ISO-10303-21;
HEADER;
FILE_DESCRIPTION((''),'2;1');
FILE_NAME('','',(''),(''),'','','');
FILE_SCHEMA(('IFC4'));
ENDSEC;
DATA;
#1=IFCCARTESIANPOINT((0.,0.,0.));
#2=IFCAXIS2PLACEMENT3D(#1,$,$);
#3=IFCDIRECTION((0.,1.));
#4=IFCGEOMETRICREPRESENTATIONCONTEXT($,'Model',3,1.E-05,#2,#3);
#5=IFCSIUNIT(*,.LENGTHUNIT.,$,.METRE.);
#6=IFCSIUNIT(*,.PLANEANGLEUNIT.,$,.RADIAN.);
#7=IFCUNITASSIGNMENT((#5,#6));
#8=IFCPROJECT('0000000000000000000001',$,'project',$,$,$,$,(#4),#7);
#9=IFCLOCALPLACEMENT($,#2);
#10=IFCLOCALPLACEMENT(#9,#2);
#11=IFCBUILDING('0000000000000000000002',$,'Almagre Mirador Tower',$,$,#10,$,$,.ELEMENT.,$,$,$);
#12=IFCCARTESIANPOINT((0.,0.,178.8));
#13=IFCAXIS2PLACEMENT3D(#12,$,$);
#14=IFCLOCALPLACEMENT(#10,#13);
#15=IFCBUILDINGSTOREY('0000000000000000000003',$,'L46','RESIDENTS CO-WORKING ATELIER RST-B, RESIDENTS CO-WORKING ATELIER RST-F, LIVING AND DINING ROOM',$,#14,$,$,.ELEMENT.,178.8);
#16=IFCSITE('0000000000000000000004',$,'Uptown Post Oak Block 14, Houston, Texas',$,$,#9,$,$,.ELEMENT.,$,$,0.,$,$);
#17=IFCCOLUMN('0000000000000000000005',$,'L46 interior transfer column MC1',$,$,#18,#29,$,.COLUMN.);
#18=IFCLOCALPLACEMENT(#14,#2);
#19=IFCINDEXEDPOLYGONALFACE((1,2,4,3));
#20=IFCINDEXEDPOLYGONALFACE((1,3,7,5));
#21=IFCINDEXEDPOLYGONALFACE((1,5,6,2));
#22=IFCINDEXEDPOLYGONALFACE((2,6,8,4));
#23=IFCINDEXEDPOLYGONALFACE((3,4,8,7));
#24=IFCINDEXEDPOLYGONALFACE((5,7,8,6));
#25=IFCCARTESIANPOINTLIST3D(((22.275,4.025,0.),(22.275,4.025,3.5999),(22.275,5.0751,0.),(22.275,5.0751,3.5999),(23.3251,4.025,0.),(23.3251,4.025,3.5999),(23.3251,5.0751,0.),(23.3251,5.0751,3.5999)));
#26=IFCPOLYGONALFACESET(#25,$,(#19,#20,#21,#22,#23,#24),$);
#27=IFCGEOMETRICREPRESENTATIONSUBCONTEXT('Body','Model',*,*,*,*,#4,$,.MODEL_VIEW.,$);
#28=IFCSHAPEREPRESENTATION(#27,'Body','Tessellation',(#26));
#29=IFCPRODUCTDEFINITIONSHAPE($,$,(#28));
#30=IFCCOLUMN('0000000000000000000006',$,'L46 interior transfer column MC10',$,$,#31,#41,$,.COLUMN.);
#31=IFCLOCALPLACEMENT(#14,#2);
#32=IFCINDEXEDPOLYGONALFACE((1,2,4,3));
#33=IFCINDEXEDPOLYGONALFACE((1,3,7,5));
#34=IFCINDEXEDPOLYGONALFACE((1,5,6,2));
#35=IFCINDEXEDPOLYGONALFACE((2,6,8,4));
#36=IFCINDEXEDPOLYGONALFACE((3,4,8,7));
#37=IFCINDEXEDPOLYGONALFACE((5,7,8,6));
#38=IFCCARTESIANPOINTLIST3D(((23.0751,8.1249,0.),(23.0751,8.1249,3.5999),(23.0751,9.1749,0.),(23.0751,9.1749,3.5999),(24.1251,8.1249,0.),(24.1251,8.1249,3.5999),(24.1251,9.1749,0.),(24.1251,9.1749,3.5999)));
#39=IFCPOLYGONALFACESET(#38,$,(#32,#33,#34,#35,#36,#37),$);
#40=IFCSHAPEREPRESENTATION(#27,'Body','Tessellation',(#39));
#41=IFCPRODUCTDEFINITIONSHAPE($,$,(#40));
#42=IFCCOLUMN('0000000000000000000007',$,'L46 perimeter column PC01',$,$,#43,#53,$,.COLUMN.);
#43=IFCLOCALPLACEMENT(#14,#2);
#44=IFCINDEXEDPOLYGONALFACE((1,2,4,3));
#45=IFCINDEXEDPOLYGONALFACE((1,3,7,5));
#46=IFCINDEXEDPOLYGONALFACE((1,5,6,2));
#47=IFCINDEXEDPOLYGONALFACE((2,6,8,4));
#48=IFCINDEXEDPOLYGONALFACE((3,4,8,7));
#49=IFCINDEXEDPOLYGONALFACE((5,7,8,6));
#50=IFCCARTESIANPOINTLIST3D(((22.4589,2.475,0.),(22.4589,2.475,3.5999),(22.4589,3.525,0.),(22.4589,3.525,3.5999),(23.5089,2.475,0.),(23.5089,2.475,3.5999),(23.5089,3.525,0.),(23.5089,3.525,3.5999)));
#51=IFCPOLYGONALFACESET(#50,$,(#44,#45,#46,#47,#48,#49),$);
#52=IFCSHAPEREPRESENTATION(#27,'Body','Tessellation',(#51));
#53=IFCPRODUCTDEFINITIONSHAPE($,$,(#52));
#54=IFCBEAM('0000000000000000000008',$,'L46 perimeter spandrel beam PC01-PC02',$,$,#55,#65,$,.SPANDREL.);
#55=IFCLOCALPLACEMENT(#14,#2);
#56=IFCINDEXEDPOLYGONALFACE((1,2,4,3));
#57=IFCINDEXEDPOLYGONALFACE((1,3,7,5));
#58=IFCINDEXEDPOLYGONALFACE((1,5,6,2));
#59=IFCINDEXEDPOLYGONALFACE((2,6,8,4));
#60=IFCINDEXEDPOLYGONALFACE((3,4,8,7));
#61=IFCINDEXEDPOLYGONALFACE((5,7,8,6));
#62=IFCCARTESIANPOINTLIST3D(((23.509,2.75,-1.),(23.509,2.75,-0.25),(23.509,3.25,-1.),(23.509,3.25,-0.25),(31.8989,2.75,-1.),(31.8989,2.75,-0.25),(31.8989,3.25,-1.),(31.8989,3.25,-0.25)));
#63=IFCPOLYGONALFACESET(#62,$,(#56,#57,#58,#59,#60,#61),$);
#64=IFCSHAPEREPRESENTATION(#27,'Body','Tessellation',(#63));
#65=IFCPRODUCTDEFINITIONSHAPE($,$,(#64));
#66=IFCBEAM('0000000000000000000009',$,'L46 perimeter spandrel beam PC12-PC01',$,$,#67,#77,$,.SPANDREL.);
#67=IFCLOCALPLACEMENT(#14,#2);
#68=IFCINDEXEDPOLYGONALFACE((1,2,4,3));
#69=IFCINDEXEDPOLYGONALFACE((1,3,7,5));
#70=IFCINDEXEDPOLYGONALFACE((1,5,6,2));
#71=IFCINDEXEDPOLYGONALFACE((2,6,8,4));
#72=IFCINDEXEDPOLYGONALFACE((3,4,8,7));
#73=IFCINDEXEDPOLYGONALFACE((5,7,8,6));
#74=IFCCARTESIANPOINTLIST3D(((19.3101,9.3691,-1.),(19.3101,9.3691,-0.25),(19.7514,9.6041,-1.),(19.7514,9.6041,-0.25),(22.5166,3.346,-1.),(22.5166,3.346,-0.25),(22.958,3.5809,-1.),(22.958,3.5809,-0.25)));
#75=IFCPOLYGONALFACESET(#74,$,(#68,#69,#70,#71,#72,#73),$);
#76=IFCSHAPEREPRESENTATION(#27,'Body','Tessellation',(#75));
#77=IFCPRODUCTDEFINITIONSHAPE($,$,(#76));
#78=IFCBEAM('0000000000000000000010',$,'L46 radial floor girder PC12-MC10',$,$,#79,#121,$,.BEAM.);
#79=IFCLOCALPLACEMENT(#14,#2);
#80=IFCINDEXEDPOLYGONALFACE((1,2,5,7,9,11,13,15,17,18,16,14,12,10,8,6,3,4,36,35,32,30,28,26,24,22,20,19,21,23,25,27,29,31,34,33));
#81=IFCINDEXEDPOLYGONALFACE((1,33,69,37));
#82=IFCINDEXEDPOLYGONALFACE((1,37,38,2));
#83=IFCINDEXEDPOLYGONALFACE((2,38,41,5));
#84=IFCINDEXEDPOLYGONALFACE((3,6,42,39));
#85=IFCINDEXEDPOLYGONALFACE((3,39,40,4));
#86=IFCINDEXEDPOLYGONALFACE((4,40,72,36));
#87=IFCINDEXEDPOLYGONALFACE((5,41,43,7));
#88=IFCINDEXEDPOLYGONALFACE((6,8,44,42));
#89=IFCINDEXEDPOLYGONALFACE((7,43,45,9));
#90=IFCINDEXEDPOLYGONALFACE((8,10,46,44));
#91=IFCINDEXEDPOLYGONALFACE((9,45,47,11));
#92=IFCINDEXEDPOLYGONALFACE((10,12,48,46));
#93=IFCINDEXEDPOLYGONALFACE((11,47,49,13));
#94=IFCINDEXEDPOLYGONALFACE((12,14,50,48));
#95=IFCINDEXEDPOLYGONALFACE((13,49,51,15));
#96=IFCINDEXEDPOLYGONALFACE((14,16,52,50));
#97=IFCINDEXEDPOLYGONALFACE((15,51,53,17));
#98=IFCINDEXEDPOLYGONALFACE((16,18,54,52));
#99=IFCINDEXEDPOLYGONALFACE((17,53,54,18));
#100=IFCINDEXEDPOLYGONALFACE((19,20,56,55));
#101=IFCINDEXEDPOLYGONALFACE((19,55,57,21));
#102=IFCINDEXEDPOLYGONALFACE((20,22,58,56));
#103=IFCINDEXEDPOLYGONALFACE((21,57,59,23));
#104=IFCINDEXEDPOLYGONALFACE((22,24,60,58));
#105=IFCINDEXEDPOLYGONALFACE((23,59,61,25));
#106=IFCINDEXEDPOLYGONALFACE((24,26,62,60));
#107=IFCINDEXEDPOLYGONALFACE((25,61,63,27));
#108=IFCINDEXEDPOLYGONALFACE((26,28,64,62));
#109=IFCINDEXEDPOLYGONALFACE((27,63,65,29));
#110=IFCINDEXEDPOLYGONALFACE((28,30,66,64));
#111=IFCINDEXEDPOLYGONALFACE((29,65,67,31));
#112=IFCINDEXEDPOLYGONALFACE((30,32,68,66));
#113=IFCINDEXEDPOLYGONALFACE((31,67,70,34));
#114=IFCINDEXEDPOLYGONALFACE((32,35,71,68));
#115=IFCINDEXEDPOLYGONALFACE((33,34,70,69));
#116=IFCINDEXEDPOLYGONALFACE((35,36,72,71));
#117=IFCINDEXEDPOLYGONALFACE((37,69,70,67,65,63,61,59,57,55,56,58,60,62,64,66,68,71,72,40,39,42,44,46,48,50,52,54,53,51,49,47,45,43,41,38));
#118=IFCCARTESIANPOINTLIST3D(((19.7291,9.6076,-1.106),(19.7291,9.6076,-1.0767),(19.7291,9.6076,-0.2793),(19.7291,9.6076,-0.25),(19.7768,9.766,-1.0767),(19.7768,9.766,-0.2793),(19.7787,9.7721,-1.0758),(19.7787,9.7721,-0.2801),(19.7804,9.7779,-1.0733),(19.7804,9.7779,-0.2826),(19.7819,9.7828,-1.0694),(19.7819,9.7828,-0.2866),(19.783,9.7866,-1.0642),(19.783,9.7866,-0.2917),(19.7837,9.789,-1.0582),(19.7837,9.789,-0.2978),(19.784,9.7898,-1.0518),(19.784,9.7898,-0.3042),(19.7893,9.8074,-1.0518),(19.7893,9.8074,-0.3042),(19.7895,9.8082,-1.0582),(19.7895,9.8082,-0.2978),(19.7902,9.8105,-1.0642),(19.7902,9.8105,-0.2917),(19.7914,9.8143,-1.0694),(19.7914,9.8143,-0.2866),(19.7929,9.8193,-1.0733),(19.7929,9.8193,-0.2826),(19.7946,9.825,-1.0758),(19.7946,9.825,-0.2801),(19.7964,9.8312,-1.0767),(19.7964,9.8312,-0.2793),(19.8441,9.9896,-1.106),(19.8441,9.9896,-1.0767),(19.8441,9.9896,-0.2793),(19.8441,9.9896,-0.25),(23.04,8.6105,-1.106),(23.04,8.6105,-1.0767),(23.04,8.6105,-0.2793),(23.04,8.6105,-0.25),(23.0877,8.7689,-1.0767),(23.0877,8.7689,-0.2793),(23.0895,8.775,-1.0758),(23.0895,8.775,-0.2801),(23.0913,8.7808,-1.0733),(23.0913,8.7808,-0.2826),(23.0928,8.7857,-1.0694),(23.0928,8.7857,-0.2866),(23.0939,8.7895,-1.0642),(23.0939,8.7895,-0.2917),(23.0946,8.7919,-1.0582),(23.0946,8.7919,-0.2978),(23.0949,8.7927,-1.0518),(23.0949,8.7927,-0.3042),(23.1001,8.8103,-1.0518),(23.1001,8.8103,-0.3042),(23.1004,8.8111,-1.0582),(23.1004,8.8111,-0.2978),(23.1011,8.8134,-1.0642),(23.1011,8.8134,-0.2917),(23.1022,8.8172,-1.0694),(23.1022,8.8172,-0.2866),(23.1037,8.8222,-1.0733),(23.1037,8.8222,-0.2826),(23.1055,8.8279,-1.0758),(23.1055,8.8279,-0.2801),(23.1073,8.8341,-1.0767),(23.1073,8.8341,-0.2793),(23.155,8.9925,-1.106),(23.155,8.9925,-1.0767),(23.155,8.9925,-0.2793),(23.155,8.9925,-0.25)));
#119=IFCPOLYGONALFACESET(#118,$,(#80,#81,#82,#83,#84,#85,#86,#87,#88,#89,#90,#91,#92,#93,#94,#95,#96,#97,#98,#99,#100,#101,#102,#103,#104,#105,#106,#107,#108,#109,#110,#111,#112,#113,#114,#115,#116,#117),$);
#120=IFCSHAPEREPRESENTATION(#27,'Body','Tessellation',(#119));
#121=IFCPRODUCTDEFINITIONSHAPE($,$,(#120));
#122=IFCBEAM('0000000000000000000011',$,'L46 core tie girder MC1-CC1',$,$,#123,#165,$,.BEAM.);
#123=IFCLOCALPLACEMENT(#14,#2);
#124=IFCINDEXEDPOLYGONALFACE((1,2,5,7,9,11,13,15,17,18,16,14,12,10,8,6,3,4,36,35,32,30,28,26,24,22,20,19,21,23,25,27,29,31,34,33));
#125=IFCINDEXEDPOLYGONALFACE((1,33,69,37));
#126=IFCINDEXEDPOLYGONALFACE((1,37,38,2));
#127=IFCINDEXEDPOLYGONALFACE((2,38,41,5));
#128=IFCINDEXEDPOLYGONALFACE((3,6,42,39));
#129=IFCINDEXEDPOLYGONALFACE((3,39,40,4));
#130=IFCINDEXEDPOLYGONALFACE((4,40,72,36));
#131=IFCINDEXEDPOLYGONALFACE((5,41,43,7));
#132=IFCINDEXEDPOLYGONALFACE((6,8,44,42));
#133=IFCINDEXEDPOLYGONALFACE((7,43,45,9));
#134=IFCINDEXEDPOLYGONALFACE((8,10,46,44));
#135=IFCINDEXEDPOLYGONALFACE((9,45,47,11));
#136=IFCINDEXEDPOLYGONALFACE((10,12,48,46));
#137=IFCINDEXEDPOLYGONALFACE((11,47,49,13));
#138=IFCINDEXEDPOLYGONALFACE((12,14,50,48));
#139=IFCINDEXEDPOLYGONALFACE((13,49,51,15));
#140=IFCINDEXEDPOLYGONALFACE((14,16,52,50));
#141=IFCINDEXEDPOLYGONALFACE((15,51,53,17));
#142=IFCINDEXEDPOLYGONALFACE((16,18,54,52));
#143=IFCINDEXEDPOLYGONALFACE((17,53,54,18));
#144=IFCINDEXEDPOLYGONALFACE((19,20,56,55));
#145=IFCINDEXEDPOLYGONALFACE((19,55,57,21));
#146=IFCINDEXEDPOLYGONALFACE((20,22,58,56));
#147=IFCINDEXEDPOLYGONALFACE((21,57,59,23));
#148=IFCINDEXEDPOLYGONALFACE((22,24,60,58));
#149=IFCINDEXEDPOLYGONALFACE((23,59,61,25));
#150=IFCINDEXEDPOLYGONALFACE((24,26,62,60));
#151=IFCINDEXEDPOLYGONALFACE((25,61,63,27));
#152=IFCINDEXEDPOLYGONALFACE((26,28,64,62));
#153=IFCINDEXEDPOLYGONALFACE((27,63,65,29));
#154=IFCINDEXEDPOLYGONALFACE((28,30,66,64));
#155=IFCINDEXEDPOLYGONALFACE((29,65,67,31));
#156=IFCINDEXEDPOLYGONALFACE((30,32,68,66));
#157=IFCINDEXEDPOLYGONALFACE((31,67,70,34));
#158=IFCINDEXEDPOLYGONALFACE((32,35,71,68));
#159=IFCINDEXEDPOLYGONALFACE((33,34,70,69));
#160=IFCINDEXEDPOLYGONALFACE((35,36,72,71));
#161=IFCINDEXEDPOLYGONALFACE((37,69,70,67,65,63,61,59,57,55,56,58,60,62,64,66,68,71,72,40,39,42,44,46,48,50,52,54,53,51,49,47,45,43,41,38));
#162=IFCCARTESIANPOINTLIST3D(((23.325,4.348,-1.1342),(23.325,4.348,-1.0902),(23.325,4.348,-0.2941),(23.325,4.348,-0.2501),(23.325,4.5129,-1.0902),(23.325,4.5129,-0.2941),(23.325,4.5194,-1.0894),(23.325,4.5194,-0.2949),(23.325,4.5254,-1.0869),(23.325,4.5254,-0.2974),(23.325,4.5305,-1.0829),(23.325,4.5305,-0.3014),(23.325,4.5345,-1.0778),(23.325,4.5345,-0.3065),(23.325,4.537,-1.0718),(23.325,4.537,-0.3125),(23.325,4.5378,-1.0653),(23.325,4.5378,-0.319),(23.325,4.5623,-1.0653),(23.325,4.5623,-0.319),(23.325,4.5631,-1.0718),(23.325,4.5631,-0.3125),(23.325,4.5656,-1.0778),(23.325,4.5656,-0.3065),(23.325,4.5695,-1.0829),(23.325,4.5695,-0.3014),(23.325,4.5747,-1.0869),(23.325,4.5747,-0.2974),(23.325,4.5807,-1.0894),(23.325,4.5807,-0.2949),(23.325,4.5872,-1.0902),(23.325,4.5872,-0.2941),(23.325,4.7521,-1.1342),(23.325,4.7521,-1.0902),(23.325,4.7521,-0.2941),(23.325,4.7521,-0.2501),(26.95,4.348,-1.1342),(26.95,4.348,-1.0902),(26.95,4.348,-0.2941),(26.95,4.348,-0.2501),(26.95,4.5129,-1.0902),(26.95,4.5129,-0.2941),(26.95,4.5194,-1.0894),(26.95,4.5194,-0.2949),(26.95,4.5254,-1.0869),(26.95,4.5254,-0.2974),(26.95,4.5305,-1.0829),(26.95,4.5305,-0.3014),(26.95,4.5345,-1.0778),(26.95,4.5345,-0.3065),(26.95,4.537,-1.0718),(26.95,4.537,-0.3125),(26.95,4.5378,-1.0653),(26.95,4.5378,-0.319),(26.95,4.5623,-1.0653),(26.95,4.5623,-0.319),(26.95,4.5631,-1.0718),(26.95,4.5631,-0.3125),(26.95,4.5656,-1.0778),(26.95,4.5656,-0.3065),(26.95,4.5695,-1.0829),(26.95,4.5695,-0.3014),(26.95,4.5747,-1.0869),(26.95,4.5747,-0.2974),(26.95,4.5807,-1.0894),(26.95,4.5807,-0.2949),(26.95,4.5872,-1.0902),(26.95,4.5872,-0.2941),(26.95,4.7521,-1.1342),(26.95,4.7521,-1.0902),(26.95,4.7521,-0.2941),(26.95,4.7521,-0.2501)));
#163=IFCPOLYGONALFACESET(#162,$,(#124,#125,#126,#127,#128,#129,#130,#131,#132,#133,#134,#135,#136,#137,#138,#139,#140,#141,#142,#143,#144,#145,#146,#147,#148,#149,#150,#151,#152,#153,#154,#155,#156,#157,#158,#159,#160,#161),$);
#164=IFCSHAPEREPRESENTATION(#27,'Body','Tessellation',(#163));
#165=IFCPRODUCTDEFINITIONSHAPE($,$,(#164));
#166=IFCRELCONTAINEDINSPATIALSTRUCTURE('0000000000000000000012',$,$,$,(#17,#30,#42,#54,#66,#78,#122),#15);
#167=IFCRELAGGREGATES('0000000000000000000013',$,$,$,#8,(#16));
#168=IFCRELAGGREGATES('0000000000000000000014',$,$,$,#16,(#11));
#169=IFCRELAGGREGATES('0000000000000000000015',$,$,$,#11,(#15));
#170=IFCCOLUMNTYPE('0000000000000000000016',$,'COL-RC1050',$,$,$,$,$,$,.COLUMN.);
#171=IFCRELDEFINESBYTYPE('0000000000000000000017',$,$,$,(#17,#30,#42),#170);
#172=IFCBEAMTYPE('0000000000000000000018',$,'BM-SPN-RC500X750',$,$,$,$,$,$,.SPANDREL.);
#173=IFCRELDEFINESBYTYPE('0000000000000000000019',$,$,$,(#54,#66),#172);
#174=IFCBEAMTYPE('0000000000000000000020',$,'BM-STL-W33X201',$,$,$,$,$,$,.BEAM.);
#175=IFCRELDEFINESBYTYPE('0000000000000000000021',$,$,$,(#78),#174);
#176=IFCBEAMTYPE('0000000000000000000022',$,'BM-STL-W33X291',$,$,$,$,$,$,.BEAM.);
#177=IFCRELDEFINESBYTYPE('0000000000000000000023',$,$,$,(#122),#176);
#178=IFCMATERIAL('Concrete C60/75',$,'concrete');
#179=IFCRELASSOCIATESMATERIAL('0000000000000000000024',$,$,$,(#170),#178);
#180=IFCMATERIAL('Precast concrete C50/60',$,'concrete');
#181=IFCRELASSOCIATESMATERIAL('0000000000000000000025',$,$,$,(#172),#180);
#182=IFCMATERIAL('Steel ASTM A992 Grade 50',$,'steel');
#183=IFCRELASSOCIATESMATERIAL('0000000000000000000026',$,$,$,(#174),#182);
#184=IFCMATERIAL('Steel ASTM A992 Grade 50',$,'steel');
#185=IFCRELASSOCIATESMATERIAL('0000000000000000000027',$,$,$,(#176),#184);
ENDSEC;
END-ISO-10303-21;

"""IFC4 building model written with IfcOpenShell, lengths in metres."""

from ifc_helpers import new_model, si_unit, direction, frame, origin, origin_2d, place, context, subcontext, project, spatial, rectangle, i_section, extrude, material, material_profile, profile_set, type_object, element, save


model = new_model("IFC4")

# Units and contexts
model_context = context("Model", 3, precision=1e-05, world=origin(), true_north=direction((0.0, 1.0)))
body_context = subcontext(model_context, "Body", "Model", "MODEL_VIEW")
ifc_project = project(units=[si_unit("LENGTHUNIT", "METRE"), si_unit("PLANEANGLEUNIT", "RADIAN")], contexts=[model_context])

# Site, building, storey
site_placement = place(None, origin())
site = spatial("IfcSite", under=ifc_project, at=site_placement, Name="Uptown Post Oak Block 14, Houston, Texas", CompositionType="ELEMENT", RefElevation=0.0)
building_placement = place(site_placement, origin())
building = spatial("IfcBuilding", under=site, at=building_placement, Name="Almagre Mirador Tower", CompositionType="ELEMENT")
storey_placement = place(building_placement, frame((0.0, 0.0, 178.8)))
storey = spatial("IfcBuildingStorey", under=building, at=storey_placement, Name="L46", Description="RESIDENTS CO-WORKING ATELIER RST-B, RESIDENTS CO-WORKING ATELIER RST-F, LIVING AND DINING ROOM", CompositionType="ELEMENT", Elevation=178.8)

# Columns
ifc_material_1 = material(Name="Concrete C60/75", Category="concrete")
ifc_material_profile_1 = material_profile(ifc_material_1, rectangle(XDim=1.05, YDim=1.05, at=origin_2d()), Name="RC1050X1050")
ifc_profile_set_1 = profile_set([ifc_material_profile_1], Name="Concrete C60/75")
column_type = type_object("IfcColumnType", Name="COL-RC1050", PredefinedType="COLUMN", material=ifc_profile_set_1)
for number, where, z_axis, x_axis, name in (
    (1, (22.8, 4.55, 0.0), (0.0, 0.0, 1.0), (1.0, 0.0, 0.0), "L46 interior transfer column MC1"),
    (2, (23.6001, 8.6499, 0.0), (0.0, 0.0, 1.0), (1.0, 0.0, 0.0), "L46 interior transfer column MC10"),
    (3, (22.9839, 3.0, 0.0), (0.0, 0.0, 1.0), (1.0, 0.0, 0.0), "L46 perimeter column PC01"),
):
    element("IfcColumn", number, at=place(storey_placement, frame(where, z_axis=z_axis, x_axis=x_axis)), inside=storey, type_object=column_type, Name=name, PredefinedType="COLUMN", context=body_context, shape_type="SweptSolid", body=[
        extrude(rectangle(XDim=1.05, YDim=1.05, at=origin_2d()), origin(), (0.0, 0.0, 1.0), 3.5999),
    ])

# Beams
ifc_material_2 = material(Name="Precast concrete C50/60", Category="concrete")
ifc_material_profile_2 = material_profile(ifc_material_2, rectangle(XDim=0.5, YDim=0.75, at=origin_2d()), Name="RC500X750")
ifc_profile_set_2 = profile_set([ifc_material_profile_2], Name="Precast concrete C50/60")
beam_type_1 = type_object("IfcBeamType", Name="BM-SPN-RC500X750", PredefinedType="SPANDREL", material=ifc_profile_set_2)
beam_1_placement = place(storey_placement, frame((23.509, 3.0, -0.625), z_axis=(1.0, 0.0, 0.0), x_axis=(0.0, 1.0, 0.0)))
element("IfcBeam", 4, at=beam_1_placement, inside=storey, type_object=beam_type_1, Name="L46 perimeter spandrel beam PC01-PC02", PredefinedType="SPANDREL", context=body_context, shape_type="SweptSolid", body=[
    extrude(rectangle(XDim=0.5, YDim=0.75, at=origin_2d()), origin(), (0.0, 0.0, 1.0), 8.3899),
])
beam_2_placement = place(storey_placement, frame((19.5308, 9.4866, -0.625), z_axis=(0.469923, -0.882707, 0.0), x_axis=(0.882707, 0.469923, 0.0)))
element("IfcBeam", 5, at=beam_2_placement, inside=storey, type_object=beam_type_1, Name="L46 perimeter spandrel beam PC12-PC01", PredefinedType="SPANDREL", context=body_context, shape_type="SweptSolid", body=[
    extrude(rectangle(XDim=0.5, YDim=0.75, at=origin_2d()), origin(), (0.0, 0.0, 1.0), 6.8235),
])
ifc_material_3 = material(Name="Steel ASTM A992 Grade 50", Category="steel")
ifc_material_profile_3 = material_profile(ifc_material_3, i_section(OverallWidth=0.3989, OverallDepth=0.856, WebThickness=0.0183, FlangeThickness=0.0293, FilletRadius=0.0249, at=origin_2d()), Name="W33X201")
ifc_profile_set_3 = profile_set([ifc_material_profile_3], Name="Steel ASTM A992 Grade 50")
beam_type_2 = type_object("IfcBeamType", Name="BM-STL-W33X201", PredefinedType="BEAM", material=ifc_profile_set_3)
beam_3_placement = place(storey_placement, frame((19.7866, 9.7986, -0.678), z_axis=(0.957521, -0.288365, 0.0), x_axis=(0.288365, 0.957521, 0.0)))
element("IfcBeam", 6, at=beam_3_placement, inside=storey, type_object=beam_type_2, Name="L46 radial floor girder PC12-MC10", PredefinedType="BEAM", context=body_context, shape_type="SweptSolid", body=[
    extrude(i_section(OverallWidth=0.3989, OverallDepth=0.856, WebThickness=0.0183, FlangeThickness=0.0293, FilletRadius=0.0249, at=origin_2d()), origin(), (0.0, 0.0, 1.0), 3.4578),
])
ifc_material_4 = material(Name="Steel ASTM A992 Grade 50", Category="steel")
ifc_material_profile_4 = material_profile(ifc_material_4, i_section(OverallWidth=0.4041, OverallDepth=0.884, WebThickness=0.0244, FlangeThickness=0.0439, FilletRadius=0.0249, at=origin_2d()), Name="W33X291")
ifc_profile_set_4 = profile_set([ifc_material_profile_4], Name="Steel ASTM A992 Grade 50")
beam_type_3 = type_object("IfcBeamType", Name="BM-STL-W33X291", PredefinedType="BEAM", material=ifc_profile_set_4)
beam_4_placement = place(storey_placement, frame((23.325, 4.55, -0.6921), z_axis=(1.0, 0.0, 0.0), x_axis=(0.0, 1.0, 0.0)))
element("IfcBeam", 7, at=beam_4_placement, inside=storey, type_object=beam_type_3, Name="L46 core tie girder MC1-CC1", PredefinedType="BEAM", context=body_context, shape_type="SweptSolid", body=[
    extrude(i_section(OverallWidth=0.4041, OverallDepth=0.884, WebThickness=0.0244, FlangeThickness=0.0439, FilletRadius=0.0249, at=origin_2d()), origin(), (0.0, 0.0, 1.0), 3.625),
])

save(model, "model.ifc")
